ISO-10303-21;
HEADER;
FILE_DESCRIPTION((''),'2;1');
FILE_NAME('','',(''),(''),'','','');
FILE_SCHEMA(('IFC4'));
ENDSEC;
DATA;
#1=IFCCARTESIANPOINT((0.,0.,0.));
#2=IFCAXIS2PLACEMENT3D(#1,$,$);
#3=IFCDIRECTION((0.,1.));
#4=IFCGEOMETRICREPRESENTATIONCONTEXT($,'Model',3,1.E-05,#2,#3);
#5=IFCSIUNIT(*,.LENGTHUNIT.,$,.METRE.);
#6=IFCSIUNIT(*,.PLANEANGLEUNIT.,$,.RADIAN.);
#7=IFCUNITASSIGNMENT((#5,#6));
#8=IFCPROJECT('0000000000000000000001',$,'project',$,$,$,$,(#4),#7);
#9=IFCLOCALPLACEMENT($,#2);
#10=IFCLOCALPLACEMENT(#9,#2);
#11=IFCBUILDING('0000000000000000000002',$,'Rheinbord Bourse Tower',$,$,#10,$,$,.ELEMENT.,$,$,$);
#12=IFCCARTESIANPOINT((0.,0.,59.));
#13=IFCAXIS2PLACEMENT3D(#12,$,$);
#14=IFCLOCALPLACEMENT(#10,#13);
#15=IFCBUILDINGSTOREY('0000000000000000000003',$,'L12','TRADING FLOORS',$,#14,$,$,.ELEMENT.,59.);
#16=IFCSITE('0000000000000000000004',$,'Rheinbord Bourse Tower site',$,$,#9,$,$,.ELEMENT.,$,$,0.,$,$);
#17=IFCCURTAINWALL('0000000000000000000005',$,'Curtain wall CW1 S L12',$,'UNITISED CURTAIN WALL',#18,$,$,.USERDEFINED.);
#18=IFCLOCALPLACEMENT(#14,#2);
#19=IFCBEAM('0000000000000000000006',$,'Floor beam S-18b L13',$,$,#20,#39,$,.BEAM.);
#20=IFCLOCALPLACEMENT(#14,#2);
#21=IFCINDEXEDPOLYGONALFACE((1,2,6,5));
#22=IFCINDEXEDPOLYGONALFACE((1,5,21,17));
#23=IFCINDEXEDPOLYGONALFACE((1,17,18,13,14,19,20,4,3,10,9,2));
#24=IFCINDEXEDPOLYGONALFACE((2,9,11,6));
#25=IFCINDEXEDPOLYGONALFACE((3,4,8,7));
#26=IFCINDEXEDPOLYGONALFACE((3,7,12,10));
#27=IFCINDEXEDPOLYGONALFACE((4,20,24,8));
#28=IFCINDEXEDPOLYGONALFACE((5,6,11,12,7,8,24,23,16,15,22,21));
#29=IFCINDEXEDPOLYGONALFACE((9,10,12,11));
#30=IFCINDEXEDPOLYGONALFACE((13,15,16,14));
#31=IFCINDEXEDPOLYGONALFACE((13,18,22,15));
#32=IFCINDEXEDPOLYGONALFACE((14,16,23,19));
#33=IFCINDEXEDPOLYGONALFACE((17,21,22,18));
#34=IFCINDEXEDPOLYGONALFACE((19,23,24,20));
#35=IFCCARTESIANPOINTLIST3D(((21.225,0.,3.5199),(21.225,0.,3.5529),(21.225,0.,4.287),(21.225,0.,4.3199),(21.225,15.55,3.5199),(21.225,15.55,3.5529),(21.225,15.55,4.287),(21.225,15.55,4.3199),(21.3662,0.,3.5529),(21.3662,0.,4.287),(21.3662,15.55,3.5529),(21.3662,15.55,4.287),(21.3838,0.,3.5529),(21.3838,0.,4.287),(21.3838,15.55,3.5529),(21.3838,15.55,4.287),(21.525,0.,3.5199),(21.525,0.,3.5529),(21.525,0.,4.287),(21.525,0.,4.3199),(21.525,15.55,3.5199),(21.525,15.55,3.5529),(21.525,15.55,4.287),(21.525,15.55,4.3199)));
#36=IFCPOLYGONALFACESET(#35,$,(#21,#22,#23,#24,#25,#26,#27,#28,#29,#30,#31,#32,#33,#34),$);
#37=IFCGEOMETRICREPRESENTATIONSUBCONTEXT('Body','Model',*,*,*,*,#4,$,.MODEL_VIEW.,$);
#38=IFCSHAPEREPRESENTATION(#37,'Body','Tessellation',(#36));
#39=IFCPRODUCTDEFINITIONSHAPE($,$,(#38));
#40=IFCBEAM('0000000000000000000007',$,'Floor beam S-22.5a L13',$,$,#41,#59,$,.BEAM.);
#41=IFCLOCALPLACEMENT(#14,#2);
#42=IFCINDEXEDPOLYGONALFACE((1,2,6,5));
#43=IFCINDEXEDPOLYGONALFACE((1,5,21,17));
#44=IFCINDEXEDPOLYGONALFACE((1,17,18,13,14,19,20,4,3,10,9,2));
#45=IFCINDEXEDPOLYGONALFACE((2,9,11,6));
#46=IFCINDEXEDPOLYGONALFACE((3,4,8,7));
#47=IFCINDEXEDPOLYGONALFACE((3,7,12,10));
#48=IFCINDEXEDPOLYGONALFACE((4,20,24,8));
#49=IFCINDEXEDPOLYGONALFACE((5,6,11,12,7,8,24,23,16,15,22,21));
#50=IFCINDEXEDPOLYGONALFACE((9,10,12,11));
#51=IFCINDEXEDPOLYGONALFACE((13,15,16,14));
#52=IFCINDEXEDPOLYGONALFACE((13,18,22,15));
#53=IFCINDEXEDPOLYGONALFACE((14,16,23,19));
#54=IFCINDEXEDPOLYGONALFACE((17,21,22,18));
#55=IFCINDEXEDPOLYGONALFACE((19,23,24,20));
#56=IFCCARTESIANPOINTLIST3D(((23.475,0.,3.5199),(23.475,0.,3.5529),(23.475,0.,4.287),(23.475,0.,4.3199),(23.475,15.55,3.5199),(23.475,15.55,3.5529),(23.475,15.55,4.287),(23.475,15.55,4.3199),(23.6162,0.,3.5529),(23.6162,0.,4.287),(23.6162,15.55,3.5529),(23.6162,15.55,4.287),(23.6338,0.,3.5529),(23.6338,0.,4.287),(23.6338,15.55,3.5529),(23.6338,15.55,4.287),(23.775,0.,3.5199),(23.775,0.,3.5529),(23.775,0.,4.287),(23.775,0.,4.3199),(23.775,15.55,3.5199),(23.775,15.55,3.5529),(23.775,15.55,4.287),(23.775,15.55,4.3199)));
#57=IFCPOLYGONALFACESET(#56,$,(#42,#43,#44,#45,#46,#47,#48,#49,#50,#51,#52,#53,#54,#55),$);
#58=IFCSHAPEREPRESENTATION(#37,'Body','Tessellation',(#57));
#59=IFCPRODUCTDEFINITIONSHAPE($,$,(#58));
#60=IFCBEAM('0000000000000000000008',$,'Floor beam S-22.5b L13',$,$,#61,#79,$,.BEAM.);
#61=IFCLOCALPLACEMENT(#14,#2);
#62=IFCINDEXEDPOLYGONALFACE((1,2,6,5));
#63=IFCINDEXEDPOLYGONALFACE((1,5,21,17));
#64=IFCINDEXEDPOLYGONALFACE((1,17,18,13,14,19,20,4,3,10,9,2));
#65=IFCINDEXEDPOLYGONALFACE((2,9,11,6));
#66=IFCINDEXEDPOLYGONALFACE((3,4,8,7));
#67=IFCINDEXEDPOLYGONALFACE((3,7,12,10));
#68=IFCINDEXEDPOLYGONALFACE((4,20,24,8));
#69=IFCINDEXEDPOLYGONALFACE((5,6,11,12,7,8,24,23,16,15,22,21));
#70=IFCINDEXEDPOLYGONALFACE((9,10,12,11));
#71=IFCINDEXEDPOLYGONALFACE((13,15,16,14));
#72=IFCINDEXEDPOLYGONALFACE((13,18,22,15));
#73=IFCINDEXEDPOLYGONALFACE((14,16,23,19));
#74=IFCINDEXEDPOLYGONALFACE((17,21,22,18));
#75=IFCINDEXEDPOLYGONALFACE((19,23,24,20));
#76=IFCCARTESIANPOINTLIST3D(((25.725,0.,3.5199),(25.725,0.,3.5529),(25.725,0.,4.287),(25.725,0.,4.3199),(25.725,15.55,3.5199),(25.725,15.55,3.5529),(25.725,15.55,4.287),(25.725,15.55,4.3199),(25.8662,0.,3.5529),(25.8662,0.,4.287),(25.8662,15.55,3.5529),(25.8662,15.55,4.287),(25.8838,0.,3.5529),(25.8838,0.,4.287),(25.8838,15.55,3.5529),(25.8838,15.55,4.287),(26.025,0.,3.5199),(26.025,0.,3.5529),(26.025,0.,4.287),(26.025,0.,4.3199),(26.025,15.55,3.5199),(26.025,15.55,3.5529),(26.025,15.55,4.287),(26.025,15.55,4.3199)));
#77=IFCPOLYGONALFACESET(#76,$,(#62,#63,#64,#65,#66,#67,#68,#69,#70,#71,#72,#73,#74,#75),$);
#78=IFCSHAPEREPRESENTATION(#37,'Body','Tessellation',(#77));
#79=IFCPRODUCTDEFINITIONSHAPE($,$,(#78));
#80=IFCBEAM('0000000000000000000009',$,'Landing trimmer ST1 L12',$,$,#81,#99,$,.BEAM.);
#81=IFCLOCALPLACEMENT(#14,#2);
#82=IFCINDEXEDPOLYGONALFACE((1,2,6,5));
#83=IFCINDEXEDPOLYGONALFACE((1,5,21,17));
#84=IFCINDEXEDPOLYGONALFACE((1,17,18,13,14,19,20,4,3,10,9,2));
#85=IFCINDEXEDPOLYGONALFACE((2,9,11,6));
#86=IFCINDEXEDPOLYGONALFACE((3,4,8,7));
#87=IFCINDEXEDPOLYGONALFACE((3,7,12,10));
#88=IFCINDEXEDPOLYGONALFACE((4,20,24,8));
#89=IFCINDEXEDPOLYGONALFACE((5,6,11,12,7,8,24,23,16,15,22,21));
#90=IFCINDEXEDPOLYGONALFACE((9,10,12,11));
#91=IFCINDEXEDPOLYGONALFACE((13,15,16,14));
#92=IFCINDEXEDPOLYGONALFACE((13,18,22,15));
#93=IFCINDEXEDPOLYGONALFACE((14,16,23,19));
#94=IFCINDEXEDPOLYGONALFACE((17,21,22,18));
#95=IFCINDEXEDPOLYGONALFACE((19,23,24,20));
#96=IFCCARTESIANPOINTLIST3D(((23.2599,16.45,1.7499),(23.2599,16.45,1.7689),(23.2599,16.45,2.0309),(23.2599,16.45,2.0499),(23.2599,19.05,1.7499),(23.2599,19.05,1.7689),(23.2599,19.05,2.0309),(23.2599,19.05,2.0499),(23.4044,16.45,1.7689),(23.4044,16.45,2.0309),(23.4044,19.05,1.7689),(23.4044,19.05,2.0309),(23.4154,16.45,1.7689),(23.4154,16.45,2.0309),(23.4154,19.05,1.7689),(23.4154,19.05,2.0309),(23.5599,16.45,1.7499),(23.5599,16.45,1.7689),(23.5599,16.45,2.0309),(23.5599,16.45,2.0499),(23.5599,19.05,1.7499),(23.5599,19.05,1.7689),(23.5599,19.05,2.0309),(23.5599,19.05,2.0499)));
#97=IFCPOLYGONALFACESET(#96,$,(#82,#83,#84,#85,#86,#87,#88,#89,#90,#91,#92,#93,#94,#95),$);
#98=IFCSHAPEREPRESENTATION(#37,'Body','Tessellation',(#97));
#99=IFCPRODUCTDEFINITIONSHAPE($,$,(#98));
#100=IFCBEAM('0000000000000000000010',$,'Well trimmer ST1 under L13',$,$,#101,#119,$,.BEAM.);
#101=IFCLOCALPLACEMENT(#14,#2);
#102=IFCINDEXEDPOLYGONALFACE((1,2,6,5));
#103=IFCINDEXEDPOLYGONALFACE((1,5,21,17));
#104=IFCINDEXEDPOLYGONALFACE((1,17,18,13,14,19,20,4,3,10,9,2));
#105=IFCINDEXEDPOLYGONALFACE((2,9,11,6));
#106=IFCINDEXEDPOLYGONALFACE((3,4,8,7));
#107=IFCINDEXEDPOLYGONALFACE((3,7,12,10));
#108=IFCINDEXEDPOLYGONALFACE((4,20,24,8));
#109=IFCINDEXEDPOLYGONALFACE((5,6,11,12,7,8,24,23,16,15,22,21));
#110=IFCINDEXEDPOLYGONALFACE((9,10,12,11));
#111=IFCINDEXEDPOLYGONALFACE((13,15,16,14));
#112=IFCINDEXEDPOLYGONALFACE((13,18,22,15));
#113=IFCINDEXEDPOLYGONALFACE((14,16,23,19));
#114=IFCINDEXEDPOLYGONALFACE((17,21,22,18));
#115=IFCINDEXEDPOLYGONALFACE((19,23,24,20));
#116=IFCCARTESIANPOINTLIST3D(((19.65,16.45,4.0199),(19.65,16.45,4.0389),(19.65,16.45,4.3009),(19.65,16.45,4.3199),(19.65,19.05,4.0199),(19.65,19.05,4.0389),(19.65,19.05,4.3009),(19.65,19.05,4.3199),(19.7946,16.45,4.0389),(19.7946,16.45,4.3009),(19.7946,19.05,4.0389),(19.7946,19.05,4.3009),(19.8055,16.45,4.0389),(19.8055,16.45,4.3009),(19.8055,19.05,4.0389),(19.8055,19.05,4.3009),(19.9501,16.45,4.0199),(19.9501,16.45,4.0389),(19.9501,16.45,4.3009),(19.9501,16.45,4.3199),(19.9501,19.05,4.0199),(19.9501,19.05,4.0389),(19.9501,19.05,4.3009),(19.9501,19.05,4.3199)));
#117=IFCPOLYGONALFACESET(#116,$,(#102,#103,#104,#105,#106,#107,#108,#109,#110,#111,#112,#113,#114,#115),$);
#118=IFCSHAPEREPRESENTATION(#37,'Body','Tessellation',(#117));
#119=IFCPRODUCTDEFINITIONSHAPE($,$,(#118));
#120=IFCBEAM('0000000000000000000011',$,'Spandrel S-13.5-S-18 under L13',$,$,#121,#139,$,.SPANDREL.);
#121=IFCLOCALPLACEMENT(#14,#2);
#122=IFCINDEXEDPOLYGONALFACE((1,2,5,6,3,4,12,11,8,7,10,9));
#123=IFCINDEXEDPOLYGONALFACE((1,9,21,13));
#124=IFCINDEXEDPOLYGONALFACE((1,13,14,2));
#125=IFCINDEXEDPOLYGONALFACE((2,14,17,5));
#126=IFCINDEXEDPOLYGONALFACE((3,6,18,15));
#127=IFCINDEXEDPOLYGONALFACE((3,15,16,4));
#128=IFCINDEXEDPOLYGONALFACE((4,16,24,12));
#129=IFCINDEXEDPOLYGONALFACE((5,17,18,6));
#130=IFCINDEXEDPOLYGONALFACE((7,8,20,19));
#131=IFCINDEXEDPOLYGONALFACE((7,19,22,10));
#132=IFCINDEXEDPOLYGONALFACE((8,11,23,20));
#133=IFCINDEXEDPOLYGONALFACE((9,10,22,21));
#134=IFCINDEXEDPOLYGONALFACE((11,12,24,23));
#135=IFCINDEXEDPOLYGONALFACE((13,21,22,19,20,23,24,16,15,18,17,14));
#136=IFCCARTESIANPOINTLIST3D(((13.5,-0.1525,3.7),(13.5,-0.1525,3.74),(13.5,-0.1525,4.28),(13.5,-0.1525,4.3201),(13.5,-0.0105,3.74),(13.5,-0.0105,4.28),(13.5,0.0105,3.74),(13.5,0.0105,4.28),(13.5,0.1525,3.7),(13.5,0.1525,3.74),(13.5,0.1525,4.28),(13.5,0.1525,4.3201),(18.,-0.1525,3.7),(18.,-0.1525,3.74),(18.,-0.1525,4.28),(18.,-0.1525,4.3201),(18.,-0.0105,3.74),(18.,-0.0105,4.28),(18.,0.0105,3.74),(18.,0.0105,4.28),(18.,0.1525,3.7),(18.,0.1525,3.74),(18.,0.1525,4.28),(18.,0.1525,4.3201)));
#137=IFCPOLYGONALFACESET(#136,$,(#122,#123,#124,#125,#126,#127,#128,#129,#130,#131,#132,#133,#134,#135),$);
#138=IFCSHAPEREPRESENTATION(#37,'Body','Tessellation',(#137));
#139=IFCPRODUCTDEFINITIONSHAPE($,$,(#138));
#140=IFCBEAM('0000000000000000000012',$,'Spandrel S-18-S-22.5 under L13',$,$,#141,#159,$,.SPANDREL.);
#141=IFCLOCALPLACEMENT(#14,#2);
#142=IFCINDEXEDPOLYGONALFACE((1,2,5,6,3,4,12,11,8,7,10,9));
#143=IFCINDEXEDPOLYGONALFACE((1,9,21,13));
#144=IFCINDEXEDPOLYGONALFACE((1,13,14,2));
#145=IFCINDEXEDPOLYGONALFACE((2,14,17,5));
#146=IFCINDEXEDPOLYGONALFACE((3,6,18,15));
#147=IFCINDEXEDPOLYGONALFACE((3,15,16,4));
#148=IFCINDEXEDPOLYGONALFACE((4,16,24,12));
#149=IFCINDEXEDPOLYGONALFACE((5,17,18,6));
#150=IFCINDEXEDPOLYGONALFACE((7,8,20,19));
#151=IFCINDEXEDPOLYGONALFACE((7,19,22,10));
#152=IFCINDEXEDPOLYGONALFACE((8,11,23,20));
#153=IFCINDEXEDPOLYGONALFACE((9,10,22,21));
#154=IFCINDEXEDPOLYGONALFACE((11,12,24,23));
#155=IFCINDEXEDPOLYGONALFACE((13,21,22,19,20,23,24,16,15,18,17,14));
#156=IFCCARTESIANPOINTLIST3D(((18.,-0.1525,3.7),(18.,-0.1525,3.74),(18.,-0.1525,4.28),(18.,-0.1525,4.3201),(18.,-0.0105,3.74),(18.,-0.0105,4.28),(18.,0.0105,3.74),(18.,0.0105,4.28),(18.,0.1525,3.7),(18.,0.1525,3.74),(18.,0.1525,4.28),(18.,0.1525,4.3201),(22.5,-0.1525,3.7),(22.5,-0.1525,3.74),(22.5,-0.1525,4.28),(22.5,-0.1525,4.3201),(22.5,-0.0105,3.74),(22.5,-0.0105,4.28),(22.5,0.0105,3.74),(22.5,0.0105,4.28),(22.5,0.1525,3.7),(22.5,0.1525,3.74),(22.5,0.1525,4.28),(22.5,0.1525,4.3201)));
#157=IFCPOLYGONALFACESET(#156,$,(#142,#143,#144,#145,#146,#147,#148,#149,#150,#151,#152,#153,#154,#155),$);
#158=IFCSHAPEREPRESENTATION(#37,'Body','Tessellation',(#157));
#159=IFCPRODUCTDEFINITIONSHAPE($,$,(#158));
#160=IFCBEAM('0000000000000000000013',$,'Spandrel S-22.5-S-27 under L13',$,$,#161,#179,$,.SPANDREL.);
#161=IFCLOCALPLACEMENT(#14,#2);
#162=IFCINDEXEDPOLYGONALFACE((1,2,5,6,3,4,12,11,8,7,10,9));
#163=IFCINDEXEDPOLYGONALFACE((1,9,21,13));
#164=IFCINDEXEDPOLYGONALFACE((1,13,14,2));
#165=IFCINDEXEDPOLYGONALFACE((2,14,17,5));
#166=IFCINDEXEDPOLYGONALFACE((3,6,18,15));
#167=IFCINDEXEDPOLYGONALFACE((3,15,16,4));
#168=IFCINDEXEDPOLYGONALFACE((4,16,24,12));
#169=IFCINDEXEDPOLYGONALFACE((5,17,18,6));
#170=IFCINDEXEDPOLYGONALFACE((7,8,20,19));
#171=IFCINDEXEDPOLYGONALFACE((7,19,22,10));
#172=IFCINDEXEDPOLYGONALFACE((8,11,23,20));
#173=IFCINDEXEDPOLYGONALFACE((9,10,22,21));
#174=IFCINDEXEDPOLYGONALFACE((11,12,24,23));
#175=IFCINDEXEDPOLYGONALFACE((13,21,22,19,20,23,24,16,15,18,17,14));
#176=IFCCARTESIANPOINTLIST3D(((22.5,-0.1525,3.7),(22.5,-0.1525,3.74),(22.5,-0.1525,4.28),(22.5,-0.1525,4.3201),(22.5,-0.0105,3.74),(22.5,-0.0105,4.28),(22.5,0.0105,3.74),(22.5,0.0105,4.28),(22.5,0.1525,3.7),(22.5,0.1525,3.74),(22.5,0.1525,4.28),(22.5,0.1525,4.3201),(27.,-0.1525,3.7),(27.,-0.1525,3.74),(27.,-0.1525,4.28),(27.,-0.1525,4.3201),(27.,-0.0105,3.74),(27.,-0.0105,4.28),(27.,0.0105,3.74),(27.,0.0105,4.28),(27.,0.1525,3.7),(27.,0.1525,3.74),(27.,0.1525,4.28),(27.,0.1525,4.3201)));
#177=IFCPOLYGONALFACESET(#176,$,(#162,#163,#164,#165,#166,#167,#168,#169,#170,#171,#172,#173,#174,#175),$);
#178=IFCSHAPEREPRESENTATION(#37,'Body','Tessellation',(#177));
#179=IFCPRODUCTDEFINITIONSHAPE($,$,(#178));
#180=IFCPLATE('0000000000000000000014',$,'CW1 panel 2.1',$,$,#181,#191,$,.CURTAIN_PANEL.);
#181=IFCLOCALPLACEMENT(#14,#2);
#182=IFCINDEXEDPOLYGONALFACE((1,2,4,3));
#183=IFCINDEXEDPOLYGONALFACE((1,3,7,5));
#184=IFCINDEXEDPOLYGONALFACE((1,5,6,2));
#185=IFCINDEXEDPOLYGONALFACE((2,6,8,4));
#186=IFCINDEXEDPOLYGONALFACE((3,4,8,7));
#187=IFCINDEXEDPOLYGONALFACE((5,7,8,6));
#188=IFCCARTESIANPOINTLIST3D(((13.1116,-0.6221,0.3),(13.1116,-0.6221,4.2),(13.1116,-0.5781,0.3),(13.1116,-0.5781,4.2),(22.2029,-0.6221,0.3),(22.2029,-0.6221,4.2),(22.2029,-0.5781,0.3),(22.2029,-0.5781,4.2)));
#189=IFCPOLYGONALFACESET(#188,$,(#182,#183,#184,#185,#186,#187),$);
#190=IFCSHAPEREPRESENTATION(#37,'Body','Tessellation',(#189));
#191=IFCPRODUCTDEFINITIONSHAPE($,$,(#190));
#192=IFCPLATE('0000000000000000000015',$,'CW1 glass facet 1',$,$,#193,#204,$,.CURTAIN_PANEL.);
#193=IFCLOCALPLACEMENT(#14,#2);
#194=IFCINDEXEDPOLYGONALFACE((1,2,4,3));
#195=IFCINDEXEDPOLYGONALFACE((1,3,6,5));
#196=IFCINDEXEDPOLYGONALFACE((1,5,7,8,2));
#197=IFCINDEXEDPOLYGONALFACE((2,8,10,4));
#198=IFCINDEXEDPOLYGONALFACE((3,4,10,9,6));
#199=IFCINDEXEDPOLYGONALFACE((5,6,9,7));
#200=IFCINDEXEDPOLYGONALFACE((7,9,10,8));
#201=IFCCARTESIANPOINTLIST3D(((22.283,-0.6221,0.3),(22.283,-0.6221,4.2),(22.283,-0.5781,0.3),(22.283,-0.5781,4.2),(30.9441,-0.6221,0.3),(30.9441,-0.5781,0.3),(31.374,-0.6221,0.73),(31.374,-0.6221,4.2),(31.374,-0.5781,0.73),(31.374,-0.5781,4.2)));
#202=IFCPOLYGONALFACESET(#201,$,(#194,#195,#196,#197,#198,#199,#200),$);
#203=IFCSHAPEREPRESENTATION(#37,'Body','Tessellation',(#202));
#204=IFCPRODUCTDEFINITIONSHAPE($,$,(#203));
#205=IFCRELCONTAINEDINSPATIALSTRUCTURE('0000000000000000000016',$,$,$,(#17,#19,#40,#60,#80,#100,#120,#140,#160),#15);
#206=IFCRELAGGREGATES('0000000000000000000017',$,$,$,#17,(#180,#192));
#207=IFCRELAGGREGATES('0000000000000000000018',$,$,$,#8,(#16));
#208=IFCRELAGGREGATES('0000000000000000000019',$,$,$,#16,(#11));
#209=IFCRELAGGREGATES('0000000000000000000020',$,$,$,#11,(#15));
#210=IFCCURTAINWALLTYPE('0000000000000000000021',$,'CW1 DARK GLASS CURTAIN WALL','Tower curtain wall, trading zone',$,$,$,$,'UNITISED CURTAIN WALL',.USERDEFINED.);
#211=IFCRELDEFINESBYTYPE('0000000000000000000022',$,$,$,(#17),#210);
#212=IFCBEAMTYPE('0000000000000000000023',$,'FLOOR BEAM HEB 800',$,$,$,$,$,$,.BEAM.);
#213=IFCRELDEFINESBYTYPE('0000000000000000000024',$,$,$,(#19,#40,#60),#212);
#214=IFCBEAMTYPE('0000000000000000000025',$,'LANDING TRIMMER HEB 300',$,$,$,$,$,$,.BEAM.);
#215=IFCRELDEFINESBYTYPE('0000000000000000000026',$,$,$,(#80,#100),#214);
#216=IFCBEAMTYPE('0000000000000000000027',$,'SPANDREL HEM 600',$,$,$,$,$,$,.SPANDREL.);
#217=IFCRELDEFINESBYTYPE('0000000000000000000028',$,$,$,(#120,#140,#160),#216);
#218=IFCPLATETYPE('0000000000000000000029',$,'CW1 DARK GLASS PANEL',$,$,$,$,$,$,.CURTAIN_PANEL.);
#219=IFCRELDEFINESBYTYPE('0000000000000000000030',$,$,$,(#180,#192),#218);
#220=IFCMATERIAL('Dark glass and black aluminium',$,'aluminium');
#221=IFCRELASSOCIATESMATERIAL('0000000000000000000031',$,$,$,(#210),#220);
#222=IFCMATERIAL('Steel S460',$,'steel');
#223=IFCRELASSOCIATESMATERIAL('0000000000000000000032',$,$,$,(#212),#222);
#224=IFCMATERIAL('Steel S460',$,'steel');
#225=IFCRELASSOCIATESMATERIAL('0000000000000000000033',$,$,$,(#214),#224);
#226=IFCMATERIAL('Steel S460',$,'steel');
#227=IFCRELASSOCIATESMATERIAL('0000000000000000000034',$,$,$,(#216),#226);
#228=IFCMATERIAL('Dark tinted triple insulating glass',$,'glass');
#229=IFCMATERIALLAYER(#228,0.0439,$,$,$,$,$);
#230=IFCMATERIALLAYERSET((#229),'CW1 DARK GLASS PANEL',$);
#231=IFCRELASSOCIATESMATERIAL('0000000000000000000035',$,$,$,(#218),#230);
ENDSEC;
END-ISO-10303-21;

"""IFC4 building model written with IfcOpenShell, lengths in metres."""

from ifc_helpers import new_model, si_unit, direction, frame, origin, origin_2d, place, context, subcontext, project, spatial, polyline, rectangle, i_section, outline, extrude, material, layer, layer_set, material_profile, profile_set, type_object, element, aggregate, save


model = new_model("IFC4")

# Units and contexts
model_context = context("Model", 3, precision=1e-05, world=origin(), true_north=direction((0.0, 1.0)))
body_context = subcontext(model_context, "Body", "Model", "MODEL_VIEW")
ifc_project = project(units=[si_unit("LENGTHUNIT", "METRE"), si_unit("PLANEANGLEUNIT", "RADIAN")], contexts=[model_context])

# Site, building, storey
site_placement = place(None, origin())
site = spatial("IfcSite", under=ifc_project, at=site_placement, Name="Rheinbord Bourse Tower site", CompositionType="ELEMENT", RefElevation=0.0)
building_placement = place(site_placement, origin())
building = spatial("IfcBuilding", under=site, at=building_placement, Name="Rheinbord Bourse Tower", CompositionType="ELEMENT")
storey_placement = place(building_placement, frame((0.0, 0.0, 59.0)))
storey = spatial("IfcBuildingStorey", under=building, at=storey_placement, Name="L12", Description="TRADING FLOORS", CompositionType="ELEMENT", Elevation=59.0)

# Curtain wall
ifc_material_1 = material(Name="Dark glass and black aluminium", Category="aluminium")
curtain_wall_type = type_object("IfcCurtainWallType", Name="CW1 DARK GLASS CURTAIN WALL", Description="Tower curtain wall, trading zone", ElementType="UNITISED CURTAIN WALL", PredefinedType="USERDEFINED", material=ifc_material_1)
curtain_wall_placement = place(storey_placement, origin())
curtain_wall = element("IfcCurtainWall", 1, at=curtain_wall_placement, inside=storey, type_object=curtain_wall_type, Name="Curtain wall CW1 S L12", ObjectType="UNITISED CURTAIN WALL", PredefinedType="USERDEFINED")

# Beams
ifc_material_2 = material(Name="Steel S460", Category="steel")
ifc_material_profile_1 = material_profile(ifc_material_2, i_section(OverallWidth=0.3, OverallDepth=0.8, WebThickness=0.0176, FlangeThickness=0.033, at=origin_2d()), Name="HEB 800")
ifc_profile_set_1 = profile_set([ifc_material_profile_1], Name="Steel S460")
beam_type_1 = type_object("IfcBeamType", Name="FLOOR BEAM HEB 800", PredefinedType="BEAM", material=ifc_profile_set_1)
for number, where, z_axis, x_axis, name in (
    (2, (21.375, 0.0, 3.9199), (0.0, 1.0, 0.0), (-1.0, 0.0, 0.0), "Floor beam S-18b L13"),
    (3, (23.625, 0.0, 3.9199), (0.0, 1.0, 0.0), (-1.0, 0.0, 0.0), "Floor beam S-22.5a L13"),
    (4, (25.875, 0.0, 3.9199), (0.0, 1.0, 0.0), (-1.0, 0.0, 0.0), "Floor beam S-22.5b L13"),
):
    element("IfcBeam", number, at=place(storey_placement, frame(where, z_axis=z_axis, x_axis=x_axis)), inside=storey, type_object=beam_type_1, Name=name, PredefinedType="BEAM", context=body_context, shape_type="SweptSolid", body=[
        extrude(i_section(OverallWidth=0.3, OverallDepth=0.8, WebThickness=0.0176, FlangeThickness=0.033, at=origin_2d()), origin(), (0.0, 0.0, 1.0), 15.55),
    ])
ifc_material_3 = material(Name="Steel S460", Category="steel")
ifc_material_profile_2 = material_profile(ifc_material_3, i_section(OverallWidth=0.3, OverallDepth=0.3, WebThickness=0.011, FlangeThickness=0.019, at=origin_2d()), Name="HEB 300")
ifc_profile_set_2 = profile_set([ifc_material_profile_2], Name="Steel S460")
beam_type_2 = type_object("IfcBeamType", Name="LANDING TRIMMER HEB 300", PredefinedType="BEAM", material=ifc_profile_set_2)
for number, where, z_axis, x_axis, name in (
    (5, (23.4099, 16.45, 1.8999), (0.0, 1.0, 0.0), (-1.0, 0.0, 0.0), "Landing trimmer ST1 L12"),
    (6, (19.8, 16.45, 4.1699), (0.0, 1.0, 0.0), (-1.0, 0.0, 0.0), "Well trimmer ST1 under L13"),
):
    element("IfcBeam", number, at=place(storey_placement, frame(where, z_axis=z_axis, x_axis=x_axis)), inside=storey, type_object=beam_type_2, Name=name, PredefinedType="BEAM", context=body_context, shape_type="SweptSolid", body=[
        extrude(i_section(OverallWidth=0.3, OverallDepth=0.3, WebThickness=0.011, FlangeThickness=0.019, at=origin_2d()), origin(), (0.0, 0.0, 1.0), 2.6001),
    ])
ifc_material_4 = material(Name="Steel S460", Category="steel")
ifc_material_profile_3 = material_profile(ifc_material_4, i_section(OverallWidth=0.3049, OverallDepth=0.6201, WebThickness=0.021, FlangeThickness=0.04, at=origin_2d()), Name="HEM 600")
ifc_profile_set_3 = profile_set([ifc_material_profile_3], Name="Steel S460")
beam_type_3 = type_object("IfcBeamType", Name="SPANDREL HEM 600", PredefinedType="SPANDREL", material=ifc_profile_set_3)
for number, where, z_axis, x_axis, name in (
    (7, (13.5, 0.0, 4.01), (1.0, 0.0, 0.0), (0.0, 1.0, 0.0), "Spandrel S-13.5-S-18 under L13"),
    (8, (18.0, 0.0, 4.01), (1.0, 0.0, 0.0), (0.0, 1.0, 0.0), "Spandrel S-18-S-22.5 under L13"),
    (9, (22.5, 0.0, 4.01), (1.0, 0.0, 0.0), (0.0, 1.0, 0.0), "Spandrel S-22.5-S-27 under L13"),
):
    element("IfcBeam", number, at=place(storey_placement, frame(where, z_axis=z_axis, x_axis=x_axis)), inside=storey, type_object=beam_type_3, Name=name, PredefinedType="SPANDREL", context=body_context, shape_type="SweptSolid", body=[
        extrude(i_section(OverallWidth=0.3049, OverallDepth=0.6201, WebThickness=0.021, FlangeThickness=0.04, at=origin_2d()), origin(), (0.0, 0.0, 1.0), 4.5),
    ])

# Plates
ifc_material_5 = material(Name="Dark tinted triple insulating glass", Category="glass")
ifc_layer_1 = layer(ifc_material_5, 0.0439)
ifc_layer_set_1 = layer_set([ifc_layer_1], Name="CW1 DARK GLASS PANEL")
plate_type = type_object("IfcPlateType", Name="CW1 DARK GLASS PANEL", PredefinedType="CURTAIN_PANEL", material=ifc_layer_set_1)
plate_1_placement = place(storey_placement, frame((17.6572, -0.6001, 0.3), z_axis=(0.0, 0.0, 1.0), x_axis=(1.0, 0.0, 0.0)))
plate_1 = element("IfcPlate", 10, at=plate_1_placement, type_object=plate_type, Name="CW1 panel 2.1", PredefinedType="CURTAIN_PANEL", context=body_context, shape_type="SweptSolid", body=[
    extrude(rectangle(XDim=9.0913, YDim=0.0439, at=origin_2d()), origin(), (0.0, 0.0, 1.0), 3.8999),
])
plate_2_placement = place(storey_placement, frame((22.283, -0.6221, 0.3), z_axis=(0.0, 1.0, 0.0), x_axis=(0.0, 0.0, 1.0)))
plate_2 = element("IfcPlate", 11, at=plate_2_placement, type_object=plate_type, Name="CW1 glass facet 1", PredefinedType="CURTAIN_PANEL", context=body_context, shape_type="SweptSolid", body=[
    extrude(outline(polyline([(0.0, 0.0), (3.8999, 0.0), (3.8999, 9.0911), (0.4299, 9.0911), (0.0, 8.6611), (0.0, 0.0)])), origin(), (0.0, 0.0, 1.0), 0.0439),
])
aggregate(curtain_wall, [plate_1, plate_2])

save(model, "model.ifc")
